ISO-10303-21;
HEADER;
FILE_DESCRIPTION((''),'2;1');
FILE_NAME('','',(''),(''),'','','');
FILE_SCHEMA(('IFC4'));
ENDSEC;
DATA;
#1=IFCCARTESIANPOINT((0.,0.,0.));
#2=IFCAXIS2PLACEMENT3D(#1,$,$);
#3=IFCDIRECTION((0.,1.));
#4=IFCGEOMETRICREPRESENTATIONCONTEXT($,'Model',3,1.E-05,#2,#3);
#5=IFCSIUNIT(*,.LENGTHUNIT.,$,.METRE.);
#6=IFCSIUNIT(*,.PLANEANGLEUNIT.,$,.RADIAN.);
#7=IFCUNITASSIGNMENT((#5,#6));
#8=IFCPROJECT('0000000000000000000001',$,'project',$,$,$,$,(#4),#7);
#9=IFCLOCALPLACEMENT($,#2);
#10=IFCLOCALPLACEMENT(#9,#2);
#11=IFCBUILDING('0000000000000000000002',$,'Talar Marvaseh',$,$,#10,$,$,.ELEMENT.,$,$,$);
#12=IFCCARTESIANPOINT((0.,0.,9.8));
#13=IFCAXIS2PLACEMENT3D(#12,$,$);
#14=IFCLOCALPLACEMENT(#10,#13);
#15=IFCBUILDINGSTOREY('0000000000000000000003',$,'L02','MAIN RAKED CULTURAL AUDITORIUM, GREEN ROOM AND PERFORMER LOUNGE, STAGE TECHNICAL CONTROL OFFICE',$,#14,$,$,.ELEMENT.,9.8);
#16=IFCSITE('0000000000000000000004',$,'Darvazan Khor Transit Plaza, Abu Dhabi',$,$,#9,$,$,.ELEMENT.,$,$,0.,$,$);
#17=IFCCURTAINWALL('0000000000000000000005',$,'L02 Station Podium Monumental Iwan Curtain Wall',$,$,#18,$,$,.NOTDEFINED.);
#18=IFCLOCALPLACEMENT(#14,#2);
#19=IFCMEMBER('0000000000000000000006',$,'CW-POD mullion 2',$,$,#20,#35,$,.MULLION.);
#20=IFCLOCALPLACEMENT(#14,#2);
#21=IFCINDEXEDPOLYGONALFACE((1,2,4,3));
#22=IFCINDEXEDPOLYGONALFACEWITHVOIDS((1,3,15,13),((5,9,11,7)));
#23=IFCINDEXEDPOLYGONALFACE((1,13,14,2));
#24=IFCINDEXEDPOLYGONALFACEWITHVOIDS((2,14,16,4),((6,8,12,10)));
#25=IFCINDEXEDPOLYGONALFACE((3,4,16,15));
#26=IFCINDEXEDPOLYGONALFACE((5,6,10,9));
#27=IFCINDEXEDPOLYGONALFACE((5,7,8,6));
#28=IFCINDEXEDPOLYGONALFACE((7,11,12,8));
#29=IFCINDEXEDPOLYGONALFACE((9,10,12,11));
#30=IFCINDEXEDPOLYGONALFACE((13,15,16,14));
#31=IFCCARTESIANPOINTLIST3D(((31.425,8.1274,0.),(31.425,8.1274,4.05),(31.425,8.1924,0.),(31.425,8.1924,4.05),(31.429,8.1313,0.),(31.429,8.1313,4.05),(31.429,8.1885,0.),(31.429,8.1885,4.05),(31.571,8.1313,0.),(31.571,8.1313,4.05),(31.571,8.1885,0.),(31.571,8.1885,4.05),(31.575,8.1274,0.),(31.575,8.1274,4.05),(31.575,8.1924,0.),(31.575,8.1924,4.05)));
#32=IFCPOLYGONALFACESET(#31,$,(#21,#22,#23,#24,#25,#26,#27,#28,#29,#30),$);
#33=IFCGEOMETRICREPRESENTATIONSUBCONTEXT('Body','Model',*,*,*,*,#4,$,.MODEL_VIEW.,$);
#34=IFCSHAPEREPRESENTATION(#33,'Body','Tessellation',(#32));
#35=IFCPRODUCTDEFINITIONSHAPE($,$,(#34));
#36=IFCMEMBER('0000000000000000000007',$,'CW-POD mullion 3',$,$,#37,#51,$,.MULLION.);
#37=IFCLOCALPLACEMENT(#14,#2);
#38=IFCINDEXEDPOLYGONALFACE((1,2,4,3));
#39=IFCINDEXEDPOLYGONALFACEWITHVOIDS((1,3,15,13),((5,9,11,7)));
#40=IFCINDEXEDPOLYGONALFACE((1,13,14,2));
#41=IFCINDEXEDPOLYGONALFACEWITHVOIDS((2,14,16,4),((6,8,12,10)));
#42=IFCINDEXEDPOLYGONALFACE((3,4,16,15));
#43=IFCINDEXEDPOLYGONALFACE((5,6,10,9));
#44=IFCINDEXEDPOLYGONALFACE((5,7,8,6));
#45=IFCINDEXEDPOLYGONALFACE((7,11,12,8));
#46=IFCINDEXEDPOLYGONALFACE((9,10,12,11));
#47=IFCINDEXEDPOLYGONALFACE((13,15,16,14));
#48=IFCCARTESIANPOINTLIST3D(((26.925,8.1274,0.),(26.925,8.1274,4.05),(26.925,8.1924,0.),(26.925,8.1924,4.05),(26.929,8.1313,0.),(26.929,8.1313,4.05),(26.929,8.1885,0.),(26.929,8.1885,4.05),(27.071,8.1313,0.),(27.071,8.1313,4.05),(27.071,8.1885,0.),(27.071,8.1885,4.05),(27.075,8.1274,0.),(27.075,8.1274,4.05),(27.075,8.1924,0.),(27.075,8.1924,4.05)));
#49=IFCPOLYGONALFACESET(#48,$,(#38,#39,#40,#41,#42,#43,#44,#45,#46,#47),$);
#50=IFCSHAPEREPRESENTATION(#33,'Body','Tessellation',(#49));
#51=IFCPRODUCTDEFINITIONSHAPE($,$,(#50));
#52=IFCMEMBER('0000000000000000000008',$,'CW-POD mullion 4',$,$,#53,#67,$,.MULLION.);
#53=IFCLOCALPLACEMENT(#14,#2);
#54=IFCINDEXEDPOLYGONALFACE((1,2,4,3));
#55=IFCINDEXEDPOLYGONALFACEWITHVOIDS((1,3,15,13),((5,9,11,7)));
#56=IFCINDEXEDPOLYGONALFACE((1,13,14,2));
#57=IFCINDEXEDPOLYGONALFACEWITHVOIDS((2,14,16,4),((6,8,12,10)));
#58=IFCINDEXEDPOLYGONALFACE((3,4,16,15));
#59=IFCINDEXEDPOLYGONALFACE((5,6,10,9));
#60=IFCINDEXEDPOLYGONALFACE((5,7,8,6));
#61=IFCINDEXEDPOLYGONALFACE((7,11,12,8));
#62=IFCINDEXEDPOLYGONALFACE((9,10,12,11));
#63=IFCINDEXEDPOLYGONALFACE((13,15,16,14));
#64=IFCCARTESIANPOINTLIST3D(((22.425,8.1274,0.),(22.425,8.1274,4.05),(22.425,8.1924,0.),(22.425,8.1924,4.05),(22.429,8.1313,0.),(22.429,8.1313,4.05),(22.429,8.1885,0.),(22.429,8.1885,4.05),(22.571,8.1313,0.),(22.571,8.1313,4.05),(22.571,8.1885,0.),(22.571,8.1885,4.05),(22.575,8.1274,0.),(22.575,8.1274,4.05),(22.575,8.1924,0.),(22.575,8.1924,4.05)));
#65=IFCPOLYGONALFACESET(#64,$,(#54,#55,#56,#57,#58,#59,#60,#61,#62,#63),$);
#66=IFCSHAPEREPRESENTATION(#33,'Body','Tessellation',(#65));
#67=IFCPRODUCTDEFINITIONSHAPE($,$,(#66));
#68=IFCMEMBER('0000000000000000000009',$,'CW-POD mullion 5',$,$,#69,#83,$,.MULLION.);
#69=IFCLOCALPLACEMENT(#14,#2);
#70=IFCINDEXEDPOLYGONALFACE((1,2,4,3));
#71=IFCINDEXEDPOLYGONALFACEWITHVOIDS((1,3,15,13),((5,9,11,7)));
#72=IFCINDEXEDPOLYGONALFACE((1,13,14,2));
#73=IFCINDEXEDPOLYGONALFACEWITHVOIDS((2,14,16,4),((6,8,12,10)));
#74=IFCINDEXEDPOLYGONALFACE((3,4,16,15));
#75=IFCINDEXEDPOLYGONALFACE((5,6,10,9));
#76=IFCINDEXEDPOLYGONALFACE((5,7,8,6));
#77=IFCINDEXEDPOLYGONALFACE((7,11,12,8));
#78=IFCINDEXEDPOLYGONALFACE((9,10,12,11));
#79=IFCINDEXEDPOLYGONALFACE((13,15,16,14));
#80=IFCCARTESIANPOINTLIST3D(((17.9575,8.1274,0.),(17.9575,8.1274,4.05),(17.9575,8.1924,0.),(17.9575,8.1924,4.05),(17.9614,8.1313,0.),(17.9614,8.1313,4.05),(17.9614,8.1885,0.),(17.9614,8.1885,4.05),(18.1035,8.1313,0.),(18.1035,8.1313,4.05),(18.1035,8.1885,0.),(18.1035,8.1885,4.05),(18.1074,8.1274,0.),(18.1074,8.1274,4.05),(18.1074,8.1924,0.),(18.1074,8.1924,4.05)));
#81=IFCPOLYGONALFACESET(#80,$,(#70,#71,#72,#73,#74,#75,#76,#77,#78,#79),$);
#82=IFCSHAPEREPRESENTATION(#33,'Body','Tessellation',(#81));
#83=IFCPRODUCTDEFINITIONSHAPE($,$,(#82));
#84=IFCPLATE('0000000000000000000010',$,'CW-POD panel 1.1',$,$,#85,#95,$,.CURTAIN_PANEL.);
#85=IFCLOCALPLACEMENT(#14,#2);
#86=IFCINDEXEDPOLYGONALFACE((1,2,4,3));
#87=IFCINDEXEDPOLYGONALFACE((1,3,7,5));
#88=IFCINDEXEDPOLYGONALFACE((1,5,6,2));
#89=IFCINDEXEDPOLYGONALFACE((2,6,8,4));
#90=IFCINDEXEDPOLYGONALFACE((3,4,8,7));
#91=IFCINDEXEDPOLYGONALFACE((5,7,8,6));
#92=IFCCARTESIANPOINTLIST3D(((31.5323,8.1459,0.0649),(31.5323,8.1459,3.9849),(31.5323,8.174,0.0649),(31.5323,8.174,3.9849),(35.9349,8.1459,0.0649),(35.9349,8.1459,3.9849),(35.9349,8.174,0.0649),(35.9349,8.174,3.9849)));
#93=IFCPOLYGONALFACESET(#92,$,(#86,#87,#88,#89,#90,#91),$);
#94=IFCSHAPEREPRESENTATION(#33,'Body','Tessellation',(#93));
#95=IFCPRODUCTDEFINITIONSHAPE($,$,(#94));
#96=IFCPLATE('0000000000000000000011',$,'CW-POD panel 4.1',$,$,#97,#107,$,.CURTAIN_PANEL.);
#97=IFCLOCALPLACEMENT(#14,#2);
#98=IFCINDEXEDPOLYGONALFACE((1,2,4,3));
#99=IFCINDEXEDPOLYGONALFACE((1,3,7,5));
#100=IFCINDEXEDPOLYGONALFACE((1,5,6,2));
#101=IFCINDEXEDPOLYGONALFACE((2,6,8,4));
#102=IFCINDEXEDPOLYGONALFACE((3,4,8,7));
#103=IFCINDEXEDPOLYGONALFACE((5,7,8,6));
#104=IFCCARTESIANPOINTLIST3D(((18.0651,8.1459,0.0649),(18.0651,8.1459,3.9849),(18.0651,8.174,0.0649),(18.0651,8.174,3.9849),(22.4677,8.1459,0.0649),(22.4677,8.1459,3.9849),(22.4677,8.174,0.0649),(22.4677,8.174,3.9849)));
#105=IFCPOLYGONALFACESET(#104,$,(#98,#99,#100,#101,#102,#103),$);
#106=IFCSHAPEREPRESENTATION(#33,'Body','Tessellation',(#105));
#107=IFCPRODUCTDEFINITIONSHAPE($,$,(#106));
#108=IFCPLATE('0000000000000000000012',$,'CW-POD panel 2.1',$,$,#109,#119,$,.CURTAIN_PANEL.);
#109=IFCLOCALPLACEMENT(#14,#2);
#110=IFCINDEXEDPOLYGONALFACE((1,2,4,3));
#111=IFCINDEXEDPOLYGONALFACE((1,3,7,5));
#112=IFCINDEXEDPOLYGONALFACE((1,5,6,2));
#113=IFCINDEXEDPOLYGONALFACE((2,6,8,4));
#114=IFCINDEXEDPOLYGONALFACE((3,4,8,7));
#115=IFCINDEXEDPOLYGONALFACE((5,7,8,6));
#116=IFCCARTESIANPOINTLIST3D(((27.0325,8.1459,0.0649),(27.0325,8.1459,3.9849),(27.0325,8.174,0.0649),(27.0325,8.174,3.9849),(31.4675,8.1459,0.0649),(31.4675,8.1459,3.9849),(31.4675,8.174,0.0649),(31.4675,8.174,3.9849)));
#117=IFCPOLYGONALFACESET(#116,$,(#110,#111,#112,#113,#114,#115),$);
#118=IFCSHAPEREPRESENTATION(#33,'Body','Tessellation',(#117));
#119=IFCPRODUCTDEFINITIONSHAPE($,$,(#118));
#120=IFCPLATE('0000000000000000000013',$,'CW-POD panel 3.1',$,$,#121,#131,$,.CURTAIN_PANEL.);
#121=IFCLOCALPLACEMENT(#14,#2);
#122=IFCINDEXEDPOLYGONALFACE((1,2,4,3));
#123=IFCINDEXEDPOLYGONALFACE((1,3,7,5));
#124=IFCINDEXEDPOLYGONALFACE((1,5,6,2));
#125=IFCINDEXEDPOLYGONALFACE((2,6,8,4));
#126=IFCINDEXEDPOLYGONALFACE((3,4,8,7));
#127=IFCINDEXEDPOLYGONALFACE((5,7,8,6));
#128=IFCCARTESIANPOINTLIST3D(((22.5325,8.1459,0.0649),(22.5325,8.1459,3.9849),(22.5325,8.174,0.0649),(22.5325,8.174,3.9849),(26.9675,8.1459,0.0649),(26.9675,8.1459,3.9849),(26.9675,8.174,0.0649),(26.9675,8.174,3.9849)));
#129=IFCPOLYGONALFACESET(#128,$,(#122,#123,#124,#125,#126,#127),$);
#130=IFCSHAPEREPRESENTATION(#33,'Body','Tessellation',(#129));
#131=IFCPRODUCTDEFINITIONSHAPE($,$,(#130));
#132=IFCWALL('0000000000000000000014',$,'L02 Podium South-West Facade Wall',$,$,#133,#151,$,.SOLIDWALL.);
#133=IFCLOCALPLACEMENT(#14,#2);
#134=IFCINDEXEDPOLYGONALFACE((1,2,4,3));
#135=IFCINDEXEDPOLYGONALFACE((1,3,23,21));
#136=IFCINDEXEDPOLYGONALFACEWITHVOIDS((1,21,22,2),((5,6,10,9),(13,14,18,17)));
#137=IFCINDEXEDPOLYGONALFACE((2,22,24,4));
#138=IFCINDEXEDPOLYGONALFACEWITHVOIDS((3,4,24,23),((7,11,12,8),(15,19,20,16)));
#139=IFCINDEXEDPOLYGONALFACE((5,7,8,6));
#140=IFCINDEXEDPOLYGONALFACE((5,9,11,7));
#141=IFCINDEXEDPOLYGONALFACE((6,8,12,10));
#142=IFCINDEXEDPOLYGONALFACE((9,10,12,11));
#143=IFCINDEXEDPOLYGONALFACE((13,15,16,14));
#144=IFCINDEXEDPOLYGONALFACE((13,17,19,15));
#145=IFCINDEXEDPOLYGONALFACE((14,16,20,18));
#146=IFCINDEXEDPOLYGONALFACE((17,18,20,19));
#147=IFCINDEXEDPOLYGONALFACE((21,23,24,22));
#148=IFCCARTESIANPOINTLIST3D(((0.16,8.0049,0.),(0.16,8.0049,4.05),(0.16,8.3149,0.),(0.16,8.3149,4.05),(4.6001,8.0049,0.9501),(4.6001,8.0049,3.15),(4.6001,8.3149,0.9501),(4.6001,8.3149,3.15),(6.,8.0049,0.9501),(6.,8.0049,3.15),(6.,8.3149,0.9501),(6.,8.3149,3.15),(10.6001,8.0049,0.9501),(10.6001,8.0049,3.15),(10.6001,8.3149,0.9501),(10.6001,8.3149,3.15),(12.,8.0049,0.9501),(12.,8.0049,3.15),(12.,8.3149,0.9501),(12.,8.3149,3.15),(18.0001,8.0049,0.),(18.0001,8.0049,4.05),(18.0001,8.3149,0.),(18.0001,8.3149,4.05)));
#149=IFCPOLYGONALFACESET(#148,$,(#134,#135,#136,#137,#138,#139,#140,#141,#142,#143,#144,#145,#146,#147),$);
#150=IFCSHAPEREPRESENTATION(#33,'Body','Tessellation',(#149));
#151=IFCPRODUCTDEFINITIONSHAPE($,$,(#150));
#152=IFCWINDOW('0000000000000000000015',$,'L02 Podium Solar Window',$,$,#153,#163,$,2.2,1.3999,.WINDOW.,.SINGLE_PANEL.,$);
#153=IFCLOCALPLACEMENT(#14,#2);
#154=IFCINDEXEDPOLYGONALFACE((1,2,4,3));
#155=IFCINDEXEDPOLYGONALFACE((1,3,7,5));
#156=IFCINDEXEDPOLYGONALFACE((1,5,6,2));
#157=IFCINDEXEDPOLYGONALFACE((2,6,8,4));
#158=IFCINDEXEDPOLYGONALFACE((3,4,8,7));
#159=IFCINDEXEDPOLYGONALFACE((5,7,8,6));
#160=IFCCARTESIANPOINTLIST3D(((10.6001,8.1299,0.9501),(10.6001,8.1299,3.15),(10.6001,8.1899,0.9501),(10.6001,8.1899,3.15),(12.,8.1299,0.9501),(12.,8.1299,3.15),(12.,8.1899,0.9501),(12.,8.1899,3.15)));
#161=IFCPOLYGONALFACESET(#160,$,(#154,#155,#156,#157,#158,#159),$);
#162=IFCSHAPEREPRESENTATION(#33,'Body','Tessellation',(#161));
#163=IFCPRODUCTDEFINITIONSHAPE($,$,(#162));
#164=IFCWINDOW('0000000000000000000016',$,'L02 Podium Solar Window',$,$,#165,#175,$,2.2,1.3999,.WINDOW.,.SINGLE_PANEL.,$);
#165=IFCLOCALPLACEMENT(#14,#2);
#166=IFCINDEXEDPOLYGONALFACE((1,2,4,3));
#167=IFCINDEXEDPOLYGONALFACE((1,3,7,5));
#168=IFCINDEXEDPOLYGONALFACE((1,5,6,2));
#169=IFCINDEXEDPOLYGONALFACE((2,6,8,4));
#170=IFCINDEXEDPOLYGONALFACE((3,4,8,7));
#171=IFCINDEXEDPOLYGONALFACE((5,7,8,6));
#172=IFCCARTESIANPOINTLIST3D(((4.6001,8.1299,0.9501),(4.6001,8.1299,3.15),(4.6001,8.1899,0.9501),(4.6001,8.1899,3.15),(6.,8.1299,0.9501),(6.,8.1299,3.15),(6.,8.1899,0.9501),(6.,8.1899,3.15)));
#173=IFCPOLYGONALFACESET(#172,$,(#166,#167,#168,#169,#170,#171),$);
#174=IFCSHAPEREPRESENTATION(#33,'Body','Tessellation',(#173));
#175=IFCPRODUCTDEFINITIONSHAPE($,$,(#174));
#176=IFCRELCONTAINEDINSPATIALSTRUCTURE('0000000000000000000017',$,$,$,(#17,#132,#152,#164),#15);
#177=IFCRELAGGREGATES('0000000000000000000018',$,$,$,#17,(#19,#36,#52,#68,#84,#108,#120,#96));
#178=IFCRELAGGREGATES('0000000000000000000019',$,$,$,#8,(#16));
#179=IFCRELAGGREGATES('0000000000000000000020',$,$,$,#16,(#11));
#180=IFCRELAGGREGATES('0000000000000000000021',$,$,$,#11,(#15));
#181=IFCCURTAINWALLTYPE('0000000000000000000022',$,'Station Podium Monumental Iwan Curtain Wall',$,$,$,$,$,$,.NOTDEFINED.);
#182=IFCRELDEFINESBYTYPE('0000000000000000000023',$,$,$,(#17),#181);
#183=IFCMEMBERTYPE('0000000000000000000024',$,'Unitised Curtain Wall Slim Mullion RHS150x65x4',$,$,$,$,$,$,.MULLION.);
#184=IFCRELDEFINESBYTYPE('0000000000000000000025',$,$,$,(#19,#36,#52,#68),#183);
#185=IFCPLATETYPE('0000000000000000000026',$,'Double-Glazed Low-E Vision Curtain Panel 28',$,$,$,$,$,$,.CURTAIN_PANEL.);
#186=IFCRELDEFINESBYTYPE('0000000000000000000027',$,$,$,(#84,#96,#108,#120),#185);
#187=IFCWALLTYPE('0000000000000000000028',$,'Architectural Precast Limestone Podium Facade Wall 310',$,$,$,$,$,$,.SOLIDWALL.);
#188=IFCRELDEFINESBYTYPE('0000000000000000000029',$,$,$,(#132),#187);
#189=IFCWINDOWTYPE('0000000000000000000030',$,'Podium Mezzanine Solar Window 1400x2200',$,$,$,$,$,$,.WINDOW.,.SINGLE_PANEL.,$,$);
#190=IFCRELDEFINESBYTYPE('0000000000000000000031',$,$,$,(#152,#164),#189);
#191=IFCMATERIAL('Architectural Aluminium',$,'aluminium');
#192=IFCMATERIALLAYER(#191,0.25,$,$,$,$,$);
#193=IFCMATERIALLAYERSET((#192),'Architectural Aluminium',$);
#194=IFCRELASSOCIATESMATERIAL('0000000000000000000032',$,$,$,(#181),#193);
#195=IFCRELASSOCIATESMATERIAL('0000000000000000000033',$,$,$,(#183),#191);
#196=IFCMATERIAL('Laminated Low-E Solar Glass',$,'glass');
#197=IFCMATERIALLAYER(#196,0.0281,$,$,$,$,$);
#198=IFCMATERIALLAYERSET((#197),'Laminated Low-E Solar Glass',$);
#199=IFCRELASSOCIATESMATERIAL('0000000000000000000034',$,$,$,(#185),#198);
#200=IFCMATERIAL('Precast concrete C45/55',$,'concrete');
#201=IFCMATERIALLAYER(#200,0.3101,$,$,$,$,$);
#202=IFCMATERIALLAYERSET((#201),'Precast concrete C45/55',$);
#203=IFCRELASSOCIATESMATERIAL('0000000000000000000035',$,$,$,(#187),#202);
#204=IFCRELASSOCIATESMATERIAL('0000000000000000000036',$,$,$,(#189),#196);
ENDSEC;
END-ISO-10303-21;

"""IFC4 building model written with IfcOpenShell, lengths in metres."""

from ifc_helpers import new_model, si_unit, direction, frame, frame_2d, origin, origin_2d, place, context, subcontext, project, spatial, rectangle, hollow_rectangle, extrude, source, transform, mapped, material, layer, layer_set, material_profile, profile_set, type_object, type_shapes, element, fill, aggregate, save


model = new_model("IFC4")

# Units and contexts
model_context = context("Model", 3, precision=1e-05, world=origin(), true_north=direction((0.0, 1.0)))
body_context = subcontext(model_context, "Body", "Model", "MODEL_VIEW")
ifc_project = project(units=[si_unit("LENGTHUNIT", "METRE"), si_unit("PLANEANGLEUNIT", "RADIAN")], contexts=[model_context])

# Site, building, storey
site_placement = place(None, origin())
site = spatial("IfcSite", under=ifc_project, at=site_placement, Name="Darvazan Khor Transit Plaza, Abu Dhabi", CompositionType="ELEMENT", RefElevation=0.0)
building_placement = place(site_placement, origin())
building = spatial("IfcBuilding", under=site, at=building_placement, Name="Talar Marvaseh", CompositionType="ELEMENT")
storey_placement = place(building_placement, frame((0.0, 0.0, 9.8)))
storey = spatial("IfcBuildingStorey", under=building, at=storey_placement, Name="L02", Description="MAIN RAKED CULTURAL AUDITORIUM, GREEN ROOM AND PERFORMER LOUNGE, STAGE TECHNICAL CONTROL OFFICE", CompositionType="ELEMENT", Elevation=9.8)

# Curtain wall, members, plates
ifc_material_1 = material(Name="Architectural Aluminium", Category="aluminium")
ifc_layer_1 = layer(ifc_material_1, 0.25)
ifc_layer_set_1 = layer_set([ifc_layer_1], Name="Architectural Aluminium")
curtain_wall_type = type_object("IfcCurtainWallType", Name="Station Podium Monumental Iwan Curtain Wall", PredefinedType="NOTDEFINED", material=ifc_layer_set_1)
curtain_wall_placement = place(storey_placement, origin())
curtain_wall = element("IfcCurtainWall", 1, at=curtain_wall_placement, inside=storey, type_object=curtain_wall_type, Name="L02 Station Podium Monumental Iwan Curtain Wall", PredefinedType="NOTDEFINED")
ifc_material_profile_1 = material_profile(ifc_material_1, hollow_rectangle(XDim=0.0649, YDim=0.1499, WallThickness=0.0039, at=origin_2d()), Name="RHS150x65x4")
ifc_profile_set_1 = profile_set([ifc_material_profile_1], Name="Architectural Aluminium")
member_type_1 = type_object("IfcMemberType", Name="Unitised Curtain Wall Slim Mullion RHS150x65x4", PredefinedType="MULLION", material=ifc_profile_set_1)
shared_shape_1 = source(origin(), body_context, "Body", "SweptSolid", [
    extrude(hollow_rectangle(XDim=0.0649, YDim=0.1499, WallThickness=0.0039, at=origin_2d()), origin(), (0.0, 0.0, 1.0), 4.05),
])
type_shapes(member_type_1, [shared_shape_1])
member_1_placement = place(storey_placement, frame((31.5, 8.1599, 0.0), z_axis=(0.0, 0.0, 1.0), x_axis=(0.0, -1.0, 0.0)))
member_1 = element("IfcMember", 2, at=member_1_placement, type_object=member_type_1, Name="CW-POD mullion 2", PredefinedType="MULLION", context=body_context, shape_type="MappedRepresentation", body=[
    mapped(shared_shape_1, transform((0.0, 0.0, 0.0), x_axis=(1.0, 0.0, 0.0), y_axis=(0.0, 1.0, 0.0), z_axis=(0.0, 0.0, 1.0), scale=1.0)),
])
member_2_placement = place(storey_placement, frame((27.0, 8.1599, 0.0), z_axis=(0.0, 0.0, 1.0), x_axis=(0.0, -1.0, 0.0)))
member_2 = element("IfcMember", 3, at=member_2_placement, type_object=member_type_1, Name="CW-POD mullion 3", PredefinedType="MULLION", context=body_context, shape_type="MappedRepresentation", body=[
    mapped(shared_shape_1, transform((0.0, 0.0, 0.0), x_axis=(1.0, 0.0, 0.0), y_axis=(0.0, 1.0, 0.0), z_axis=(0.0, 0.0, 1.0), scale=1.0)),
])
member_3_placement = place(storey_placement, frame((22.5, 8.1599, 0.0), z_axis=(0.0, 0.0, 1.0), x_axis=(0.0, -1.0, 0.0)))
member_3 = element("IfcMember", 4, at=member_3_placement, type_object=member_type_1, Name="CW-POD mullion 4", PredefinedType="MULLION", context=body_context, shape_type="MappedRepresentation", body=[
    mapped(shared_shape_1, transform((0.0, 0.0, 0.0), x_axis=(1.0, 0.0, 0.0), y_axis=(0.0, 1.0, 0.0), z_axis=(0.0, 0.0, 1.0), scale=1.0)),
])
member_4_placement = place(storey_placement, frame((18.0325, 8.1599, 0.0), z_axis=(0.0, 0.0, 1.0), x_axis=(0.0, -1.0, 0.0)))
member_4 = element("IfcMember", 5, at=member_4_placement, type_object=member_type_1, Name="CW-POD mullion 5", PredefinedType="MULLION", context=body_context, shape_type="MappedRepresentation", body=[
    mapped(shared_shape_1, transform((0.0, 0.0, 0.0), x_axis=(1.0, 0.0, 0.0), y_axis=(0.0, 1.0, 0.0), z_axis=(0.0, 0.0, 1.0), scale=1.0)),
])
ifc_material_2 = material(Name="Laminated Low-E Solar Glass", Category="glass")
ifc_layer_2 = layer(ifc_material_2, 0.0281)
ifc_layer_set_2 = layer_set([ifc_layer_2], Name="Laminated Low-E Solar Glass")
plate_type = type_object("IfcPlateType", Name="Double-Glazed Low-E Vision Curtain Panel 28", PredefinedType="CURTAIN_PANEL", material=ifc_layer_set_2)
shared_shape_2 = source(origin(), body_context, "Body", "SweptSolid", [
    extrude(rectangle(XDim=4.4026, YDim=0.0281, at=origin_2d()), origin(), (0.0, 0.0, 1.0), 3.9199),
])
plate_1_placement = place(storey_placement, frame((33.7336, 8.1599, 0.0649), z_axis=(0.0, 0.0, 1.0), x_axis=(-1.0, 0.0, 0.0)))
plate_1 = element("IfcPlate", 6, at=plate_1_placement, type_object=plate_type, Name="CW-POD panel 1.1", PredefinedType="CURTAIN_PANEL", context=body_context, shape_type="MappedRepresentation", body=[
    mapped(shared_shape_2, transform((0.0, 0.0, 0.0), x_axis=(1.0, 0.0, 0.0), y_axis=(0.0, 1.0, 0.0), z_axis=(0.0, 0.0, 1.0), scale=1.0)),
])
plate_2_placement = place(storey_placement, frame((20.2664, 8.1599, 0.0649), z_axis=(0.0, 0.0, 1.0), x_axis=(-1.0, 0.0, 0.0)))
plate_2 = element("IfcPlate", 7, at=plate_2_placement, type_object=plate_type, Name="CW-POD panel 4.1", PredefinedType="CURTAIN_PANEL", context=body_context, shape_type="MappedRepresentation", body=[
    mapped(shared_shape_2, transform((0.0, 0.0, 0.0), x_axis=(1.0, 0.0, 0.0), y_axis=(0.0, 1.0, 0.0), z_axis=(0.0, 0.0, 1.0), scale=1.0)),
])
shared_shape_3 = source(origin(), body_context, "Body", "SweptSolid", [
    extrude(rectangle(XDim=4.4351, YDim=0.0281, at=origin_2d()), origin(), (0.0, 0.0, 1.0), 3.9199),
])
type_shapes(plate_type, [shared_shape_2, shared_shape_3])
plate_3_placement = place(storey_placement, frame((29.25, 8.1599, 0.0649), z_axis=(0.0, 0.0, 1.0), x_axis=(-1.0, 0.0, 0.0)))
plate_3 = element("IfcPlate", 8, at=plate_3_placement, type_object=plate_type, Name="CW-POD panel 2.1", PredefinedType="CURTAIN_PANEL", context=body_context, shape_type="MappedRepresentation", body=[
    mapped(shared_shape_3, transform((0.0, 0.0, 0.0), x_axis=(1.0, 0.0, 0.0), y_axis=(0.0, 1.0, 0.0), z_axis=(0.0, 0.0, 1.0), scale=1.0)),
])
plate_4_placement = place(storey_placement, frame((24.75, 8.1599, 0.0649), z_axis=(0.0, 0.0, 1.0), x_axis=(-1.0, 0.0, 0.0)))
plate_4 = element("IfcPlate", 9, at=plate_4_placement, type_object=plate_type, Name="CW-POD panel 3.1", PredefinedType="CURTAIN_PANEL", context=body_context, shape_type="MappedRepresentation", body=[
    mapped(shared_shape_3, transform((0.0, 0.0, 0.0), x_axis=(1.0, 0.0, 0.0), y_axis=(0.0, 1.0, 0.0), z_axis=(0.0, 0.0, 1.0), scale=1.0)),
])
aggregate(curtain_wall, [member_1, member_2, member_3, member_4, plate_1, plate_3, plate_4, plate_2])

# Wall, openings, windows
ifc_material_3 = material(Name="Precast concrete C45/55", Category="concrete")
ifc_layer_3 = layer(ifc_material_3, 0.3101)
ifc_layer_set_3 = layer_set([ifc_layer_3], Name="Precast concrete C45/55")
wall_type_1 = type_object("IfcWallType", Name="Architectural Precast Limestone Podium Facade Wall 310", PredefinedType="SOLIDWALL", material=ifc_layer_set_3)
wall_1_placement = place(storey_placement, frame((18.0, 8.1599, 0.0), z_axis=(0.0, 0.0, 1.0), x_axis=(-1.0, 0.0, 0.0)))
wall_1 = element("IfcWall", 10, at=wall_1_placement, inside=storey, type_object=wall_type_1, Name="L02 Podium South-West Facade Wall", PredefinedType="SOLIDWALL", context=body_context, shape_type="SweptSolid", body=[
    extrude(rectangle(XDim=17.8401, YDim=0.3101, at=frame_2d((8.9199, 0.0))), origin(), (0.0, 0.0, 1.0), 4.05),
])
opening_1_placement = place(wall_1_placement, frame((6.0, 0.0, 0.95)))
opening_1 = element("IfcOpeningElement", 11, at=opening_1_placement, cuts=wall_1, PredefinedType="OPENING", context=body_context, shape_type="SweptSolid", body=[
    extrude(rectangle(XDim=1.3999, YDim=2.2, at=frame_2d((0.7, 1.1001))), frame((0.0, 0.165, 0.0), z_axis=(0.0, -1.0, 0.0), x_axis=(1.0, 0.0, 0.0)), (0.0, 0.0, 1.0), 0.3301),
])
opening_2_placement = place(wall_1_placement, frame((12.0, 0.0, 0.95)))
opening_2 = element("IfcOpeningElement", 12, at=opening_2_placement, cuts=wall_1, PredefinedType="OPENING", context=body_context, shape_type="SweptSolid", body=[
    extrude(rectangle(XDim=1.3999, YDim=2.2, at=frame_2d((0.7, 1.1001))), frame((0.0, 0.165, 0.0), z_axis=(0.0, -1.0, 0.0), x_axis=(1.0, 0.0, 0.0)), (0.0, 0.0, 1.0), 0.3301),
])
window_type = type_object("IfcWindowType", Name="Podium Mezzanine Solar Window 1400x2200", PartitioningType="SINGLE_PANEL", PredefinedType="WINDOW", material=ifc_material_2)
shared_shape_4 = source(origin(), body_context, "Body", "SweptSolid", [
    extrude(rectangle(XDim=1.3999, YDim=2.2, at=frame_2d((0.7, 1.1001))), frame((0.0, 0.03, 0.0), z_axis=(0.0, -1.0, 0.0), x_axis=(1.0, 0.0, 0.0)), (0.0, 0.0, 1.0), 0.0601),
])
type_shapes(window_type, [shared_shape_4])
window_1_placement = place(opening_1_placement, origin())
window_1 = element("IfcWindow", 13, at=window_1_placement, inside=storey, type_object=window_type, Name="L02 Podium Solar Window", OverallHeight=2.2, OverallWidth=1.3999, PartitioningType="SINGLE_PANEL", PredefinedType="WINDOW", context=body_context, shape_type="MappedRepresentation", body=[
    mapped(shared_shape_4, transform((0.0, 0.0, 0.0), x_axis=(1.0, 0.0, 0.0), y_axis=(0.0, 1.0, 0.0), z_axis=(0.0, 0.0, 1.0), scale=1.0)),
])
fill(opening_1, window_1)
window_2_placement = place(opening_2_placement, origin())
window_2 = element("IfcWindow", 14, at=window_2_placement, inside=storey, type_object=window_type, Name="L02 Podium Solar Window", OverallHeight=2.2, OverallWidth=1.3999, PartitioningType="SINGLE_PANEL", PredefinedType="WINDOW", context=body_context, shape_type="MappedRepresentation", body=[
    mapped(shared_shape_4, transform((0.0, 0.0, 0.0), x_axis=(1.0, 0.0, 0.0), y_axis=(0.0, 1.0, 0.0), z_axis=(0.0, 0.0, 1.0), scale=1.0)),
])
fill(opening_2, window_2)

save(model, "model.ifc")
